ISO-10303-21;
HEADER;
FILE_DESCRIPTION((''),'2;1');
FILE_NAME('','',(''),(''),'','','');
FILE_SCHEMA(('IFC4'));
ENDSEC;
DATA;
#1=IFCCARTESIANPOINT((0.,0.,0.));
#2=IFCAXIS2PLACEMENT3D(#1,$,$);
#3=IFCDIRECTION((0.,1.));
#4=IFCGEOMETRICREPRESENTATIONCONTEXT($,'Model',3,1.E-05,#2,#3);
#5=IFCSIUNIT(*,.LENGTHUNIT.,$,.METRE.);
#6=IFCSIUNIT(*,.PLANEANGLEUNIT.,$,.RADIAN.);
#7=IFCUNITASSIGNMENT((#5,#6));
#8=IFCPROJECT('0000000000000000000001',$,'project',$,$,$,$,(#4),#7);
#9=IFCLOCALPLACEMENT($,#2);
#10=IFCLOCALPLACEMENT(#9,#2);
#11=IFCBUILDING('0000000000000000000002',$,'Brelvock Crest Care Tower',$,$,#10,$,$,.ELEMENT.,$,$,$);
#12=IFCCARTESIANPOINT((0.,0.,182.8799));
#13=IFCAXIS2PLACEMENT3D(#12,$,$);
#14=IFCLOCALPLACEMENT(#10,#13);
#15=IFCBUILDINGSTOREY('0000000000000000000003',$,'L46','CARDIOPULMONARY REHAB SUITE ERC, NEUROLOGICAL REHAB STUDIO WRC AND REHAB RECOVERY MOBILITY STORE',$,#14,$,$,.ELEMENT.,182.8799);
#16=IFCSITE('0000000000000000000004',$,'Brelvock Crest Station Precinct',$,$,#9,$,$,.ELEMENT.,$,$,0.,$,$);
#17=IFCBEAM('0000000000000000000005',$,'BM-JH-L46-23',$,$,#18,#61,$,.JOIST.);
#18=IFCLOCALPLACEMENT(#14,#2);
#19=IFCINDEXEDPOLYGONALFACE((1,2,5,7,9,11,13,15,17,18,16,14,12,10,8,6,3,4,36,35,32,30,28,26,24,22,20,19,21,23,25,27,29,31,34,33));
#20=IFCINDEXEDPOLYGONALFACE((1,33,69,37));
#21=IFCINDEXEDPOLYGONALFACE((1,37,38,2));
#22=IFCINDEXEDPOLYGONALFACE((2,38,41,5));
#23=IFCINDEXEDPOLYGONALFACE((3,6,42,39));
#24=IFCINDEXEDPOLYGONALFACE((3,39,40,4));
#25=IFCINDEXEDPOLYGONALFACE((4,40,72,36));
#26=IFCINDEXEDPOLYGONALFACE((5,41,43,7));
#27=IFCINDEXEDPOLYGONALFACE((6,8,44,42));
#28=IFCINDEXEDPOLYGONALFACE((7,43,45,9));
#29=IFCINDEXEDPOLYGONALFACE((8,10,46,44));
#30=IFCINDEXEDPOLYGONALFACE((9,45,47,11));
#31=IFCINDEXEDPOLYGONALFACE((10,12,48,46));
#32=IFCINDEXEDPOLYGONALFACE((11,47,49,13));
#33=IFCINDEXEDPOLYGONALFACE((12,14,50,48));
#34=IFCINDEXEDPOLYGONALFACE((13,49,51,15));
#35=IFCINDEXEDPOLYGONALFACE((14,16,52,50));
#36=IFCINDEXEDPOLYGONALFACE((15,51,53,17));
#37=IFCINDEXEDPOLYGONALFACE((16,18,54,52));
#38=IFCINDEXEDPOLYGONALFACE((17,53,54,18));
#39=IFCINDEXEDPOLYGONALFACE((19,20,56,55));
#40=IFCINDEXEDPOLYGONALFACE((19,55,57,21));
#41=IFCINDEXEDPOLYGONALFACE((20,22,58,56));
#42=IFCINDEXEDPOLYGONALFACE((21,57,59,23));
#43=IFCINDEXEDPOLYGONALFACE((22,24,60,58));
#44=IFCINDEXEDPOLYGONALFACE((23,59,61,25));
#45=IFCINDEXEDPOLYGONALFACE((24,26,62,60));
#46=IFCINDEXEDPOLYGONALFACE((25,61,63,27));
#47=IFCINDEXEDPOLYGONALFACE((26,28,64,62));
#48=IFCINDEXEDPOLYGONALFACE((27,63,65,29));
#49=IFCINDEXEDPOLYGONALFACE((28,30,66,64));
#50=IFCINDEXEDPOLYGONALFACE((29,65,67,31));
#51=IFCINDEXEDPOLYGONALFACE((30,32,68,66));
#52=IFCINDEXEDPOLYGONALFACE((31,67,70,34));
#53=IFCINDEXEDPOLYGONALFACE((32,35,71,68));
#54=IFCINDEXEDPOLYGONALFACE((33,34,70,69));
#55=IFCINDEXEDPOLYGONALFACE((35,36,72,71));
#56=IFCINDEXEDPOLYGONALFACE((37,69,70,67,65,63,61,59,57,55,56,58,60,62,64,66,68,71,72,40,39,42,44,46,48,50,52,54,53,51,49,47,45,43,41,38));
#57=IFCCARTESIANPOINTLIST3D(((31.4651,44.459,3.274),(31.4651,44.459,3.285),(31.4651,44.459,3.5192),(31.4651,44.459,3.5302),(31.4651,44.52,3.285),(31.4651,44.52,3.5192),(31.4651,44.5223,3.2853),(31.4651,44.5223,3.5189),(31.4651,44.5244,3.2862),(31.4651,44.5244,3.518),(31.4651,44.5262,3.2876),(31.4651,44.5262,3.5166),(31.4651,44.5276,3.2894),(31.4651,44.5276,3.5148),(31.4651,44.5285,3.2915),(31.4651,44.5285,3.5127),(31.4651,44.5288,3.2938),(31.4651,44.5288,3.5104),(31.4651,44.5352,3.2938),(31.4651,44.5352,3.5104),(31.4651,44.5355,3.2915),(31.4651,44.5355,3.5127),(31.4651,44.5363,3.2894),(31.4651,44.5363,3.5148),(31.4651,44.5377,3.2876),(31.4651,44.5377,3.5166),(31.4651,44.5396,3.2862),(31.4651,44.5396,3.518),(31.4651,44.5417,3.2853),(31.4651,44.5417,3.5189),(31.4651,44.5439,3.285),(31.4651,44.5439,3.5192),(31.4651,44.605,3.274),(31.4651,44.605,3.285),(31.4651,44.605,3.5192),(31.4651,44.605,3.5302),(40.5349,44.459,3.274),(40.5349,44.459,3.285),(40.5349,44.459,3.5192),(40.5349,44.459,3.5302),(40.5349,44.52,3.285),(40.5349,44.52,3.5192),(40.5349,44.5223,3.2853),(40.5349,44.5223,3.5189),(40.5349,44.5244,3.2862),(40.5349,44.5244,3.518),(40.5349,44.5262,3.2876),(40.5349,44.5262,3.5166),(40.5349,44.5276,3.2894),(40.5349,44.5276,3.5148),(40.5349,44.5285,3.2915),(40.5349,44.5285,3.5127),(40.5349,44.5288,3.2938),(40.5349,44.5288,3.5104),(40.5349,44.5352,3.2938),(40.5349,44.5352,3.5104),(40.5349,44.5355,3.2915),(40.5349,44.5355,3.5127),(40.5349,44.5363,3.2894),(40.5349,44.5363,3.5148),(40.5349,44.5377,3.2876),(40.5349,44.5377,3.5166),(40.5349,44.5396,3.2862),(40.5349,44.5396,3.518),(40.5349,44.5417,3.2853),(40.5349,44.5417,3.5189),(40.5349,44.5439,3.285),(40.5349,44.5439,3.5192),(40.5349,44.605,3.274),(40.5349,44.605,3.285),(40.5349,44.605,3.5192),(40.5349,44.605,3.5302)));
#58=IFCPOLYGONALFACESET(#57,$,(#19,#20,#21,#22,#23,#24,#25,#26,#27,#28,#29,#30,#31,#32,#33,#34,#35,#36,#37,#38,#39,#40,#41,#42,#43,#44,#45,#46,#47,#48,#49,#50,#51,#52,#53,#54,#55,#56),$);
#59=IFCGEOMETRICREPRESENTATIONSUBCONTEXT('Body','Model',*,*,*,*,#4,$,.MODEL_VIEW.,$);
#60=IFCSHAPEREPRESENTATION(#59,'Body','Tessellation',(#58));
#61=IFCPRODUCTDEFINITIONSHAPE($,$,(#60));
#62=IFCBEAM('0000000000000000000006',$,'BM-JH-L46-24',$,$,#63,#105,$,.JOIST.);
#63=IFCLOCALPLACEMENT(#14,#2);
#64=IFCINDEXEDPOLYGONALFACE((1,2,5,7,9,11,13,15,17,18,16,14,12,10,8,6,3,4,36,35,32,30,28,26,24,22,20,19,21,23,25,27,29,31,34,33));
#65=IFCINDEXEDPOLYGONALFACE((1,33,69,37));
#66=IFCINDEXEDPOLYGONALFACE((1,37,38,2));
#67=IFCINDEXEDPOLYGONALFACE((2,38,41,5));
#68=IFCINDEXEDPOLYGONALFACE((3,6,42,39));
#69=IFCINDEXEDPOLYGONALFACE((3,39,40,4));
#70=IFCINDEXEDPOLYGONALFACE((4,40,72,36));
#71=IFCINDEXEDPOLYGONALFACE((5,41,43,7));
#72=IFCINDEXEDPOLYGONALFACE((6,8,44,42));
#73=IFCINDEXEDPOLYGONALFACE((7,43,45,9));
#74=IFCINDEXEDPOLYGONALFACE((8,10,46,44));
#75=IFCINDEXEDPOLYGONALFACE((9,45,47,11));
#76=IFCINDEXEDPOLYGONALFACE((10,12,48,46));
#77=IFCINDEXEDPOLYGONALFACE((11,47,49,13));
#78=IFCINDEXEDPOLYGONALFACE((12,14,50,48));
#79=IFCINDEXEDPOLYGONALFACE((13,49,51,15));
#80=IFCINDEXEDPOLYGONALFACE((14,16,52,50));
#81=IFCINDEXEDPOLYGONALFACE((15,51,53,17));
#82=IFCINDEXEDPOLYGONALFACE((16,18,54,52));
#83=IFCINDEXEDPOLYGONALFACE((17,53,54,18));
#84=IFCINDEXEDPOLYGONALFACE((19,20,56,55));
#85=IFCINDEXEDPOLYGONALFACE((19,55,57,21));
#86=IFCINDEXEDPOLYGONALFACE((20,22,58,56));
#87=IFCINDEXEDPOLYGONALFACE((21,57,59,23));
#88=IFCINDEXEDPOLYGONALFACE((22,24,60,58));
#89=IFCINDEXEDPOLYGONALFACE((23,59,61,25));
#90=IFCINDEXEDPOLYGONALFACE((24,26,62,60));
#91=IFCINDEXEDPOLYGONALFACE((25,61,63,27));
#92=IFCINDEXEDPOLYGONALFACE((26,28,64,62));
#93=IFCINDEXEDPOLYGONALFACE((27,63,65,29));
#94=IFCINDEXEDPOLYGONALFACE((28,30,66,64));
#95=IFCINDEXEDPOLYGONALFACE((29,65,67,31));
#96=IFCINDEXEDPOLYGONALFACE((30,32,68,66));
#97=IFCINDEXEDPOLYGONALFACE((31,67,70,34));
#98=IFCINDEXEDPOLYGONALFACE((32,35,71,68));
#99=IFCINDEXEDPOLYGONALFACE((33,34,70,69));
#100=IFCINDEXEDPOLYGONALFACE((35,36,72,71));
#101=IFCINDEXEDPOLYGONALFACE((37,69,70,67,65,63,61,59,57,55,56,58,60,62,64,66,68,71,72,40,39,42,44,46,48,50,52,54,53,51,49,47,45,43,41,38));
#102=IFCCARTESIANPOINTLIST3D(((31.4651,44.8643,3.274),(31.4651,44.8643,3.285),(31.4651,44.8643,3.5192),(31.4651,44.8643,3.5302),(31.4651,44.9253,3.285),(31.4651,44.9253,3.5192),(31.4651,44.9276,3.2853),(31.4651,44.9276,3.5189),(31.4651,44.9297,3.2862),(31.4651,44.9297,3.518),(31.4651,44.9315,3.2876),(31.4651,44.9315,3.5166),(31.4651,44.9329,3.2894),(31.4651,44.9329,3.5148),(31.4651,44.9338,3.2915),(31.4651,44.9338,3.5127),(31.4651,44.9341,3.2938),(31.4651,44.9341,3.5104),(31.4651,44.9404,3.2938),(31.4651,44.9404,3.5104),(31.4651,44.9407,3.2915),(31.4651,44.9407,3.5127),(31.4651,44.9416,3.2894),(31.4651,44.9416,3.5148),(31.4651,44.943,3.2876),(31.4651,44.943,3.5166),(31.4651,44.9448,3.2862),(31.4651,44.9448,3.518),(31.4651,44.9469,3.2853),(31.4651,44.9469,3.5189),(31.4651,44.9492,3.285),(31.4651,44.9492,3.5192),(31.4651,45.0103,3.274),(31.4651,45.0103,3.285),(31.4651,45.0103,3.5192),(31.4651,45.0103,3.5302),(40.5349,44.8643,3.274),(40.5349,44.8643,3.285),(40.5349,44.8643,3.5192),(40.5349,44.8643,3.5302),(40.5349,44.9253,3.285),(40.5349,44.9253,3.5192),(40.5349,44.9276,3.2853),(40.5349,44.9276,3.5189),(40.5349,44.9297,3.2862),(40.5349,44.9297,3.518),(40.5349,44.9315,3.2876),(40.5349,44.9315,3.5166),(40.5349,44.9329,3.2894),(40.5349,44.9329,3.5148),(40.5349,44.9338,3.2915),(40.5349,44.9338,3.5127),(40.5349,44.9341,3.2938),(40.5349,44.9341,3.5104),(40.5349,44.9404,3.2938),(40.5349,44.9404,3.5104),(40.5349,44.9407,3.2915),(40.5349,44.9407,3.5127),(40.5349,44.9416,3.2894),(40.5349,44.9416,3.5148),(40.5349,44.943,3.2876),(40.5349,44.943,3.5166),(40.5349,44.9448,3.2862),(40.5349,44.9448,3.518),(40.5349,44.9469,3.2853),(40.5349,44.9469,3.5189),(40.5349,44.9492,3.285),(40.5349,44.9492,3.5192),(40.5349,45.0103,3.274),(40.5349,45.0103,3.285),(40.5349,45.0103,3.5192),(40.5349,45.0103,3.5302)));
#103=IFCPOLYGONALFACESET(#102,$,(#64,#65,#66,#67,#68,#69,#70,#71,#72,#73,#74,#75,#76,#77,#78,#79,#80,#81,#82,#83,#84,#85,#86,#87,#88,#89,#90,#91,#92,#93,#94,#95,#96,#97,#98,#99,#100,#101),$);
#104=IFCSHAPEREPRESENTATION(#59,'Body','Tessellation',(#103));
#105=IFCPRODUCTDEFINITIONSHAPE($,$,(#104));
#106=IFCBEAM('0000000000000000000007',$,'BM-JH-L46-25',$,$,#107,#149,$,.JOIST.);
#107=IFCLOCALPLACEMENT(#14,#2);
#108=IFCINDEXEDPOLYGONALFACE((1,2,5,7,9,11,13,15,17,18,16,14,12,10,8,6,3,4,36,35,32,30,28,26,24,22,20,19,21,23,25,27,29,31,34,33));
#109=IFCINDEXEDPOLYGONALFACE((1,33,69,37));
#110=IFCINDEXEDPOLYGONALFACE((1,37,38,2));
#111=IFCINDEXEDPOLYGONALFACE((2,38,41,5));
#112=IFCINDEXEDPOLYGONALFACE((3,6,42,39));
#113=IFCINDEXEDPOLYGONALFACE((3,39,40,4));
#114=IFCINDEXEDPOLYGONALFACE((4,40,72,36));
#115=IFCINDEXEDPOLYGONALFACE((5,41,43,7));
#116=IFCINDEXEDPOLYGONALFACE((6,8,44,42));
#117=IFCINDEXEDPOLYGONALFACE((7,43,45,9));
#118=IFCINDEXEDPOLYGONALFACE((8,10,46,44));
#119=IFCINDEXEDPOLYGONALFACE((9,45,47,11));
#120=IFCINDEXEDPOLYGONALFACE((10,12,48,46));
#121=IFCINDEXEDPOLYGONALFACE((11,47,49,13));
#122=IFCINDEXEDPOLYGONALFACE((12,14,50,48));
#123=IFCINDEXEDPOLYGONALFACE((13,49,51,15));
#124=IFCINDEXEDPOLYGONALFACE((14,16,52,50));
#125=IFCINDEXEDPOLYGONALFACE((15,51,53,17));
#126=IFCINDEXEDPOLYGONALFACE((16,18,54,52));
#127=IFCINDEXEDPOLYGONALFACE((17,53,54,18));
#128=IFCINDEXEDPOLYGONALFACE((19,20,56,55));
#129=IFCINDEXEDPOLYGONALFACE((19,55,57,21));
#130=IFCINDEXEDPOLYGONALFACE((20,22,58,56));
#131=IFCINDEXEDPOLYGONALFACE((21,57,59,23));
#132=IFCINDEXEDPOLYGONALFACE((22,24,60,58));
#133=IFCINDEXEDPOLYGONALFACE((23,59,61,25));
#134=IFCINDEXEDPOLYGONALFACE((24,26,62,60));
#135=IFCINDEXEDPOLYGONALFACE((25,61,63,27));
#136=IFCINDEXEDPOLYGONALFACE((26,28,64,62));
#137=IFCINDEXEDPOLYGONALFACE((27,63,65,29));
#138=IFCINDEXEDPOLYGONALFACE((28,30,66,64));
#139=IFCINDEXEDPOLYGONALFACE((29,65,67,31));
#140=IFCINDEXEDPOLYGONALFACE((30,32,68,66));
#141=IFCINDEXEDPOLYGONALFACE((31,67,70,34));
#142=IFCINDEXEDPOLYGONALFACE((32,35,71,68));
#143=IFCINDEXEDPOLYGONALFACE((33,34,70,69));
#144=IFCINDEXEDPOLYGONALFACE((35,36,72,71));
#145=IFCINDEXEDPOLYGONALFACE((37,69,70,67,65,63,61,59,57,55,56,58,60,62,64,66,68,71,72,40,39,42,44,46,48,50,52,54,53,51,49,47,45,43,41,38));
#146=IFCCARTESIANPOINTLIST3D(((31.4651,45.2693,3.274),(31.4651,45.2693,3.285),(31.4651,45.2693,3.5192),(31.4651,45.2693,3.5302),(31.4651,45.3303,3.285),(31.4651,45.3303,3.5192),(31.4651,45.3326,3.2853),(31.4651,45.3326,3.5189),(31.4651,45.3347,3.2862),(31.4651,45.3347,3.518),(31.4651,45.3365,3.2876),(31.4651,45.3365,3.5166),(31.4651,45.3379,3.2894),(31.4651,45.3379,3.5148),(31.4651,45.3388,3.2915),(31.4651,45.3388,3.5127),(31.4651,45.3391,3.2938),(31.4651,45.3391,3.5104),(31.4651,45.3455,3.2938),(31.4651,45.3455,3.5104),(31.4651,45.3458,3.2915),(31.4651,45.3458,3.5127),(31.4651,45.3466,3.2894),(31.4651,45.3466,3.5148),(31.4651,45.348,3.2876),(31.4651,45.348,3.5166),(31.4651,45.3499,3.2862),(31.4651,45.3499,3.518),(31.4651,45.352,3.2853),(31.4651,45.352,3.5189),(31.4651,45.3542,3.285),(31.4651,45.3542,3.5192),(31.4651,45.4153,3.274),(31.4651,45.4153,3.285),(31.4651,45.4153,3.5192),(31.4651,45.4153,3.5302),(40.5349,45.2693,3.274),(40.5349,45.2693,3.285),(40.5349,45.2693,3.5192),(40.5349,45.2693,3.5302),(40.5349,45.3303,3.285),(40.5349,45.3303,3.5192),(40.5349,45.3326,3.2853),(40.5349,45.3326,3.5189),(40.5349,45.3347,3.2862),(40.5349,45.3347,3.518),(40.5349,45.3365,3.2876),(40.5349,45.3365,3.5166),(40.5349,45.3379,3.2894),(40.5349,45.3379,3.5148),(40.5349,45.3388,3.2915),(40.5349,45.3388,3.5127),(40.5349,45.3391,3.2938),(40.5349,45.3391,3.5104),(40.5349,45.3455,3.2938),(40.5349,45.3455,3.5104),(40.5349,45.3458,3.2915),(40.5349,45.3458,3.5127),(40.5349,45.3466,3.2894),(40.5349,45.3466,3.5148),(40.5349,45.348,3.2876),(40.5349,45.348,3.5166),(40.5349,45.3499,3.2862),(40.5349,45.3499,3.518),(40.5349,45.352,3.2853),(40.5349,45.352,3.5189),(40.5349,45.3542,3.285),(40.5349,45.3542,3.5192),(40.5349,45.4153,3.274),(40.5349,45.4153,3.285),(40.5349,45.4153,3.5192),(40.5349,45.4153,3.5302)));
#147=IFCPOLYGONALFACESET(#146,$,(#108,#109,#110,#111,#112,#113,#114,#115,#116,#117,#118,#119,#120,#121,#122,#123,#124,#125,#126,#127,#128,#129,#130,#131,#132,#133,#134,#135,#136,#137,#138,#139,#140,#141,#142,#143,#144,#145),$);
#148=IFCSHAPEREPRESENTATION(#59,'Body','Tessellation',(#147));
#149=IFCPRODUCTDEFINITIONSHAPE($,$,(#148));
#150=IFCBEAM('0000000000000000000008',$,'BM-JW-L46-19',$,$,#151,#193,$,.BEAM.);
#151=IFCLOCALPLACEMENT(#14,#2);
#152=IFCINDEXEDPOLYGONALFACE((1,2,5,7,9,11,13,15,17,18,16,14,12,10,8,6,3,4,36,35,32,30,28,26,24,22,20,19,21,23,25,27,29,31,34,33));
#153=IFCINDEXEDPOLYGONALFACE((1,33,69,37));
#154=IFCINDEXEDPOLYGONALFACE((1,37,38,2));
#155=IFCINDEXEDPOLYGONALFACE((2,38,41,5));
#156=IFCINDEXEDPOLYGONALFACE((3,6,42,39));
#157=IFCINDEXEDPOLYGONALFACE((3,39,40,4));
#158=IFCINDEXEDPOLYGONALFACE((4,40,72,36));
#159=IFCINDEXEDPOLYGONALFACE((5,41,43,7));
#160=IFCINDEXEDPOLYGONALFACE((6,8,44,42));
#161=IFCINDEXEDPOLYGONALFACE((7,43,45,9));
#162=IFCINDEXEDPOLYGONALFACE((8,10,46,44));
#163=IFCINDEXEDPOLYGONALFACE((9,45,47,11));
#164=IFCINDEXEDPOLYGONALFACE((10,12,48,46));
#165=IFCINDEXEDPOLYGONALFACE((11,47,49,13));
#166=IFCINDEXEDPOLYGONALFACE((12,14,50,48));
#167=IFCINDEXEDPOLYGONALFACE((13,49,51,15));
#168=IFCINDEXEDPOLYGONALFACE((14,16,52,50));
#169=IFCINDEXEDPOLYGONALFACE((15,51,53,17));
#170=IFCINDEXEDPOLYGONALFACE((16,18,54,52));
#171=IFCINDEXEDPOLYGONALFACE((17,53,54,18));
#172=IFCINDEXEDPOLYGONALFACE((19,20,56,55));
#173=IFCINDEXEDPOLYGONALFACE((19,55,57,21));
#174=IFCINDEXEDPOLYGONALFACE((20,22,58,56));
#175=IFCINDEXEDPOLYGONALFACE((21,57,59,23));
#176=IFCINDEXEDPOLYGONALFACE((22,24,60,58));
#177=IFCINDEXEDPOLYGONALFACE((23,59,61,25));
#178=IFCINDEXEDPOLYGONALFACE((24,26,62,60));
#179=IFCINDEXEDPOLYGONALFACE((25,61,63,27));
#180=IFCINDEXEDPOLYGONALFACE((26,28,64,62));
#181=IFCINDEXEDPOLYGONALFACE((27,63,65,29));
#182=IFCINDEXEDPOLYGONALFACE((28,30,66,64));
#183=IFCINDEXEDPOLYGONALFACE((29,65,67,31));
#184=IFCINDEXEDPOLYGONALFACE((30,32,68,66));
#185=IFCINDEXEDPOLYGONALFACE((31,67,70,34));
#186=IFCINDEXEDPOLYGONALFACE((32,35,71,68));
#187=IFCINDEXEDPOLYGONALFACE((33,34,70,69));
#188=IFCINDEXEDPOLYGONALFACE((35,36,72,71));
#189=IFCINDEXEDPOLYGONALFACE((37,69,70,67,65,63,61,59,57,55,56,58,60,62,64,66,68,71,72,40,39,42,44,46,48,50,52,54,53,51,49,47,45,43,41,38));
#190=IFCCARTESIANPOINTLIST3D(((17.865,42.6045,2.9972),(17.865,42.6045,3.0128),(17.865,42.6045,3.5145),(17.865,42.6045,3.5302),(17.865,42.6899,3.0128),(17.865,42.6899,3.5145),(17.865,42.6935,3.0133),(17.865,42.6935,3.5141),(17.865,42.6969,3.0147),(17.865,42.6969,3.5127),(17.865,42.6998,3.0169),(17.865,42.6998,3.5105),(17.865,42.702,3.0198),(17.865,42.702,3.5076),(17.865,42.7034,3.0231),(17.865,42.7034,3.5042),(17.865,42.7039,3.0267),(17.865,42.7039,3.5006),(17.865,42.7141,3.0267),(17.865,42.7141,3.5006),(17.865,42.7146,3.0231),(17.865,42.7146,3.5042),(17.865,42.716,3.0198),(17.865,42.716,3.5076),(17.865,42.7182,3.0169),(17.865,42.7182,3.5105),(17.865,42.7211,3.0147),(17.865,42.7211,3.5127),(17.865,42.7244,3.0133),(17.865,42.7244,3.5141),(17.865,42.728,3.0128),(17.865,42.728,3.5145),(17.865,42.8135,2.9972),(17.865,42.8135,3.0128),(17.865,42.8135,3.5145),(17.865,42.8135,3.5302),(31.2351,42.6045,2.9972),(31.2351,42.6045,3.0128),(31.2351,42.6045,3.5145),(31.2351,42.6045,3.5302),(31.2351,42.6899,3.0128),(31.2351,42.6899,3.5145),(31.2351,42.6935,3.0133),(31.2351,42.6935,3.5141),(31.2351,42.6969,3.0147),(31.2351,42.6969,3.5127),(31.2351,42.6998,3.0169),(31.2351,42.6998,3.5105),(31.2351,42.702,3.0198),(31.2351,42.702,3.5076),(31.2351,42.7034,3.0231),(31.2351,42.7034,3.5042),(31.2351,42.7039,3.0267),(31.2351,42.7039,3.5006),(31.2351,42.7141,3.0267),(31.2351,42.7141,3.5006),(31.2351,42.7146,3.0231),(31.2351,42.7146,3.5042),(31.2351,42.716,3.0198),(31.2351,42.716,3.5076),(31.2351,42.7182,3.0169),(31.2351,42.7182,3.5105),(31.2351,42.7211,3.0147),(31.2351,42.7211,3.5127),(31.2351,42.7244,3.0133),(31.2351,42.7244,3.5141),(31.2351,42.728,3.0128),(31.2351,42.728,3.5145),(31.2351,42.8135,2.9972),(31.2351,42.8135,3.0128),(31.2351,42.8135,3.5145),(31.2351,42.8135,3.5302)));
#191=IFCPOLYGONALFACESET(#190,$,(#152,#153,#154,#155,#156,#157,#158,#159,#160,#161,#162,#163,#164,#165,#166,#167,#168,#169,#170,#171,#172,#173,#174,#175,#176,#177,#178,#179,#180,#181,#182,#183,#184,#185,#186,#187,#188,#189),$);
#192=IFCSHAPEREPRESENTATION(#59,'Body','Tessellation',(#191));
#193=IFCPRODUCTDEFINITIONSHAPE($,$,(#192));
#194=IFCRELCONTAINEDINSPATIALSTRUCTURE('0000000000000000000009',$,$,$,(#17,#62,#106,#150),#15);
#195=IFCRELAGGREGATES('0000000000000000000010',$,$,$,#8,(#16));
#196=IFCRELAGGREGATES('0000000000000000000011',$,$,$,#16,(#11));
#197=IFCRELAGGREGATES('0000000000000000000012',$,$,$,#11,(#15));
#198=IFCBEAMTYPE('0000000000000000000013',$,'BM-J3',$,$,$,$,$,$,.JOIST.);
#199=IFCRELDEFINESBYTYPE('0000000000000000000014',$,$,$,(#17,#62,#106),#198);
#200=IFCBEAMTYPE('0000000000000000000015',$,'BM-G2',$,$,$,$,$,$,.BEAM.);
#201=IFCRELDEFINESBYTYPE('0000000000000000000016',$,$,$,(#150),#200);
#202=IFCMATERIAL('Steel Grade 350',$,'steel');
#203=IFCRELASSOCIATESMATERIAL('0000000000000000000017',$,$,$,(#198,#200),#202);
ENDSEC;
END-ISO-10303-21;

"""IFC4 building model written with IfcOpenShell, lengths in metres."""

from ifc_helpers import new_model, si_unit, direction, frame, origin, origin_2d, place, context, subcontext, project, spatial, i_section, extrude, source, transform, mapped, material, material_profile, profile_set, type_object, element, save


model = new_model("IFC4")

# Units and contexts
model_context = context("Model", 3, precision=1e-05, world=origin(), true_north=direction((0.0, 1.0)))
body_context = subcontext(model_context, "Body", "Model", "MODEL_VIEW")
ifc_project = project(units=[si_unit("LENGTHUNIT", "METRE"), si_unit("PLANEANGLEUNIT", "RADIAN")], contexts=[model_context])

# Site, building, storey
site_placement = place(None, origin())
site = spatial("IfcSite", under=ifc_project, at=site_placement, Name="Brelvock Crest Station Precinct", CompositionType="ELEMENT", RefElevation=0.0)
building_placement = place(site_placement, origin())
building = spatial("IfcBuilding", under=site, at=building_placement, Name="Brelvock Crest Care Tower", CompositionType="ELEMENT")
storey_placement = place(building_placement, frame((0.0, 0.0, 182.8799)))
storey = spatial("IfcBuildingStorey", under=building, at=storey_placement, Name="L46", Description="CARDIOPULMONARY REHAB SUITE ERC, NEUROLOGICAL REHAB STUDIO WRC AND REHAB RECOVERY MOBILITY STORE", CompositionType="ELEMENT", Elevation=182.8799)

# Beams
ifc_material_1 = material(Name="Steel Grade 350", Category="steel")
ifc_material_profile_1 = material_profile(ifc_material_1, i_section(OverallWidth=0.146, OverallDepth=0.2561, WebThickness=0.0063, FlangeThickness=0.011, FilletRadius=0.0088, at=origin_2d()), Name="250UB37.3")
ifc_profile_set_1 = profile_set([ifc_material_profile_1], Name="Steel Grade 350")
beam_type_1 = type_object("IfcBeamType", Name="BM-J3", PredefinedType="JOIST", material=ifc_profile_set_1)
shared_shape_1 = source(origin(), body_context, "Body", "SweptSolid", [
    extrude(i_section(OverallWidth=0.146, OverallDepth=0.2561, WebThickness=0.0063, FlangeThickness=0.011, FilletRadius=0.0088, at=origin_2d()), origin(), (0.0, 0.0, 1.0), 9.0698),
])
for number, where, z_axis, x_axis, name in (
    (1, (31.4651, 44.532, 3.4021), (1.0, 0.0, 0.0), (0.0, 1.0, 0.0), "BM-JH-L46-23"),
    (2, (31.4651, 44.9373, 3.4021), (1.0, 0.0, 0.0), (0.0, 1.0, 0.0), "BM-JH-L46-24"),
    (3, (31.4651, 45.3423, 3.4021), (1.0, 0.0, 0.0), (0.0, 1.0, 0.0), "BM-JH-L46-25"),
):
    element("IfcBeam", number, at=place(storey_placement, frame(where, z_axis=z_axis, x_axis=x_axis)), inside=storey, type_object=beam_type_1, Name=name, PredefinedType="JOIST", context=body_context, shape_type="MappedRepresentation", body=[
        mapped(shared_shape_1, transform((0.0, 0.0, 0.0), x_axis=(1.0, 0.0, 0.0), y_axis=(0.0, 1.0, 0.0), z_axis=(0.0, 0.0, 1.0), scale=1.0)),
    ])
ifc_material_profile_2 = material_profile(ifc_material_1, i_section(OverallWidth=0.209, OverallDepth=0.533, WebThickness=0.0103, FlangeThickness=0.0156, FilletRadius=0.0139, at=origin_2d()), Name="530UB92.4")
ifc_profile_set_2 = profile_set([ifc_material_profile_2], Name="Steel Grade 350")
beam_type_2 = type_object("IfcBeamType", Name="BM-G2", PredefinedType="BEAM", material=ifc_profile_set_2)
shared_shape_2 = source(origin(), body_context, "Body", "SweptSolid", [
    extrude(i_section(OverallWidth=0.209, OverallDepth=0.533, WebThickness=0.0103, FlangeThickness=0.0156, FilletRadius=0.0139, at=origin_2d()), origin(), (0.0, 0.0, 1.0), 13.3701),
])
for number, where, z_axis, x_axis, name in (
    (4, (17.865, 42.709, 3.2637), (1.0, 0.0, 0.0), (0.0, 1.0, 0.0), "BM-JW-L46-19"),
):
    element("IfcBeam", number, at=place(storey_placement, frame(where, z_axis=z_axis, x_axis=x_axis)), inside=storey, type_object=beam_type_2, Name=name, PredefinedType="BEAM", context=body_context, shape_type="MappedRepresentation", body=[
        mapped(shared_shape_2, transform((0.0, 0.0, 0.0), x_axis=(1.0, 0.0, 0.0), y_axis=(0.0, 1.0, 0.0), z_axis=(0.0, 0.0, 1.0), scale=1.0)),
    ])

save(model, "model.ifc")
